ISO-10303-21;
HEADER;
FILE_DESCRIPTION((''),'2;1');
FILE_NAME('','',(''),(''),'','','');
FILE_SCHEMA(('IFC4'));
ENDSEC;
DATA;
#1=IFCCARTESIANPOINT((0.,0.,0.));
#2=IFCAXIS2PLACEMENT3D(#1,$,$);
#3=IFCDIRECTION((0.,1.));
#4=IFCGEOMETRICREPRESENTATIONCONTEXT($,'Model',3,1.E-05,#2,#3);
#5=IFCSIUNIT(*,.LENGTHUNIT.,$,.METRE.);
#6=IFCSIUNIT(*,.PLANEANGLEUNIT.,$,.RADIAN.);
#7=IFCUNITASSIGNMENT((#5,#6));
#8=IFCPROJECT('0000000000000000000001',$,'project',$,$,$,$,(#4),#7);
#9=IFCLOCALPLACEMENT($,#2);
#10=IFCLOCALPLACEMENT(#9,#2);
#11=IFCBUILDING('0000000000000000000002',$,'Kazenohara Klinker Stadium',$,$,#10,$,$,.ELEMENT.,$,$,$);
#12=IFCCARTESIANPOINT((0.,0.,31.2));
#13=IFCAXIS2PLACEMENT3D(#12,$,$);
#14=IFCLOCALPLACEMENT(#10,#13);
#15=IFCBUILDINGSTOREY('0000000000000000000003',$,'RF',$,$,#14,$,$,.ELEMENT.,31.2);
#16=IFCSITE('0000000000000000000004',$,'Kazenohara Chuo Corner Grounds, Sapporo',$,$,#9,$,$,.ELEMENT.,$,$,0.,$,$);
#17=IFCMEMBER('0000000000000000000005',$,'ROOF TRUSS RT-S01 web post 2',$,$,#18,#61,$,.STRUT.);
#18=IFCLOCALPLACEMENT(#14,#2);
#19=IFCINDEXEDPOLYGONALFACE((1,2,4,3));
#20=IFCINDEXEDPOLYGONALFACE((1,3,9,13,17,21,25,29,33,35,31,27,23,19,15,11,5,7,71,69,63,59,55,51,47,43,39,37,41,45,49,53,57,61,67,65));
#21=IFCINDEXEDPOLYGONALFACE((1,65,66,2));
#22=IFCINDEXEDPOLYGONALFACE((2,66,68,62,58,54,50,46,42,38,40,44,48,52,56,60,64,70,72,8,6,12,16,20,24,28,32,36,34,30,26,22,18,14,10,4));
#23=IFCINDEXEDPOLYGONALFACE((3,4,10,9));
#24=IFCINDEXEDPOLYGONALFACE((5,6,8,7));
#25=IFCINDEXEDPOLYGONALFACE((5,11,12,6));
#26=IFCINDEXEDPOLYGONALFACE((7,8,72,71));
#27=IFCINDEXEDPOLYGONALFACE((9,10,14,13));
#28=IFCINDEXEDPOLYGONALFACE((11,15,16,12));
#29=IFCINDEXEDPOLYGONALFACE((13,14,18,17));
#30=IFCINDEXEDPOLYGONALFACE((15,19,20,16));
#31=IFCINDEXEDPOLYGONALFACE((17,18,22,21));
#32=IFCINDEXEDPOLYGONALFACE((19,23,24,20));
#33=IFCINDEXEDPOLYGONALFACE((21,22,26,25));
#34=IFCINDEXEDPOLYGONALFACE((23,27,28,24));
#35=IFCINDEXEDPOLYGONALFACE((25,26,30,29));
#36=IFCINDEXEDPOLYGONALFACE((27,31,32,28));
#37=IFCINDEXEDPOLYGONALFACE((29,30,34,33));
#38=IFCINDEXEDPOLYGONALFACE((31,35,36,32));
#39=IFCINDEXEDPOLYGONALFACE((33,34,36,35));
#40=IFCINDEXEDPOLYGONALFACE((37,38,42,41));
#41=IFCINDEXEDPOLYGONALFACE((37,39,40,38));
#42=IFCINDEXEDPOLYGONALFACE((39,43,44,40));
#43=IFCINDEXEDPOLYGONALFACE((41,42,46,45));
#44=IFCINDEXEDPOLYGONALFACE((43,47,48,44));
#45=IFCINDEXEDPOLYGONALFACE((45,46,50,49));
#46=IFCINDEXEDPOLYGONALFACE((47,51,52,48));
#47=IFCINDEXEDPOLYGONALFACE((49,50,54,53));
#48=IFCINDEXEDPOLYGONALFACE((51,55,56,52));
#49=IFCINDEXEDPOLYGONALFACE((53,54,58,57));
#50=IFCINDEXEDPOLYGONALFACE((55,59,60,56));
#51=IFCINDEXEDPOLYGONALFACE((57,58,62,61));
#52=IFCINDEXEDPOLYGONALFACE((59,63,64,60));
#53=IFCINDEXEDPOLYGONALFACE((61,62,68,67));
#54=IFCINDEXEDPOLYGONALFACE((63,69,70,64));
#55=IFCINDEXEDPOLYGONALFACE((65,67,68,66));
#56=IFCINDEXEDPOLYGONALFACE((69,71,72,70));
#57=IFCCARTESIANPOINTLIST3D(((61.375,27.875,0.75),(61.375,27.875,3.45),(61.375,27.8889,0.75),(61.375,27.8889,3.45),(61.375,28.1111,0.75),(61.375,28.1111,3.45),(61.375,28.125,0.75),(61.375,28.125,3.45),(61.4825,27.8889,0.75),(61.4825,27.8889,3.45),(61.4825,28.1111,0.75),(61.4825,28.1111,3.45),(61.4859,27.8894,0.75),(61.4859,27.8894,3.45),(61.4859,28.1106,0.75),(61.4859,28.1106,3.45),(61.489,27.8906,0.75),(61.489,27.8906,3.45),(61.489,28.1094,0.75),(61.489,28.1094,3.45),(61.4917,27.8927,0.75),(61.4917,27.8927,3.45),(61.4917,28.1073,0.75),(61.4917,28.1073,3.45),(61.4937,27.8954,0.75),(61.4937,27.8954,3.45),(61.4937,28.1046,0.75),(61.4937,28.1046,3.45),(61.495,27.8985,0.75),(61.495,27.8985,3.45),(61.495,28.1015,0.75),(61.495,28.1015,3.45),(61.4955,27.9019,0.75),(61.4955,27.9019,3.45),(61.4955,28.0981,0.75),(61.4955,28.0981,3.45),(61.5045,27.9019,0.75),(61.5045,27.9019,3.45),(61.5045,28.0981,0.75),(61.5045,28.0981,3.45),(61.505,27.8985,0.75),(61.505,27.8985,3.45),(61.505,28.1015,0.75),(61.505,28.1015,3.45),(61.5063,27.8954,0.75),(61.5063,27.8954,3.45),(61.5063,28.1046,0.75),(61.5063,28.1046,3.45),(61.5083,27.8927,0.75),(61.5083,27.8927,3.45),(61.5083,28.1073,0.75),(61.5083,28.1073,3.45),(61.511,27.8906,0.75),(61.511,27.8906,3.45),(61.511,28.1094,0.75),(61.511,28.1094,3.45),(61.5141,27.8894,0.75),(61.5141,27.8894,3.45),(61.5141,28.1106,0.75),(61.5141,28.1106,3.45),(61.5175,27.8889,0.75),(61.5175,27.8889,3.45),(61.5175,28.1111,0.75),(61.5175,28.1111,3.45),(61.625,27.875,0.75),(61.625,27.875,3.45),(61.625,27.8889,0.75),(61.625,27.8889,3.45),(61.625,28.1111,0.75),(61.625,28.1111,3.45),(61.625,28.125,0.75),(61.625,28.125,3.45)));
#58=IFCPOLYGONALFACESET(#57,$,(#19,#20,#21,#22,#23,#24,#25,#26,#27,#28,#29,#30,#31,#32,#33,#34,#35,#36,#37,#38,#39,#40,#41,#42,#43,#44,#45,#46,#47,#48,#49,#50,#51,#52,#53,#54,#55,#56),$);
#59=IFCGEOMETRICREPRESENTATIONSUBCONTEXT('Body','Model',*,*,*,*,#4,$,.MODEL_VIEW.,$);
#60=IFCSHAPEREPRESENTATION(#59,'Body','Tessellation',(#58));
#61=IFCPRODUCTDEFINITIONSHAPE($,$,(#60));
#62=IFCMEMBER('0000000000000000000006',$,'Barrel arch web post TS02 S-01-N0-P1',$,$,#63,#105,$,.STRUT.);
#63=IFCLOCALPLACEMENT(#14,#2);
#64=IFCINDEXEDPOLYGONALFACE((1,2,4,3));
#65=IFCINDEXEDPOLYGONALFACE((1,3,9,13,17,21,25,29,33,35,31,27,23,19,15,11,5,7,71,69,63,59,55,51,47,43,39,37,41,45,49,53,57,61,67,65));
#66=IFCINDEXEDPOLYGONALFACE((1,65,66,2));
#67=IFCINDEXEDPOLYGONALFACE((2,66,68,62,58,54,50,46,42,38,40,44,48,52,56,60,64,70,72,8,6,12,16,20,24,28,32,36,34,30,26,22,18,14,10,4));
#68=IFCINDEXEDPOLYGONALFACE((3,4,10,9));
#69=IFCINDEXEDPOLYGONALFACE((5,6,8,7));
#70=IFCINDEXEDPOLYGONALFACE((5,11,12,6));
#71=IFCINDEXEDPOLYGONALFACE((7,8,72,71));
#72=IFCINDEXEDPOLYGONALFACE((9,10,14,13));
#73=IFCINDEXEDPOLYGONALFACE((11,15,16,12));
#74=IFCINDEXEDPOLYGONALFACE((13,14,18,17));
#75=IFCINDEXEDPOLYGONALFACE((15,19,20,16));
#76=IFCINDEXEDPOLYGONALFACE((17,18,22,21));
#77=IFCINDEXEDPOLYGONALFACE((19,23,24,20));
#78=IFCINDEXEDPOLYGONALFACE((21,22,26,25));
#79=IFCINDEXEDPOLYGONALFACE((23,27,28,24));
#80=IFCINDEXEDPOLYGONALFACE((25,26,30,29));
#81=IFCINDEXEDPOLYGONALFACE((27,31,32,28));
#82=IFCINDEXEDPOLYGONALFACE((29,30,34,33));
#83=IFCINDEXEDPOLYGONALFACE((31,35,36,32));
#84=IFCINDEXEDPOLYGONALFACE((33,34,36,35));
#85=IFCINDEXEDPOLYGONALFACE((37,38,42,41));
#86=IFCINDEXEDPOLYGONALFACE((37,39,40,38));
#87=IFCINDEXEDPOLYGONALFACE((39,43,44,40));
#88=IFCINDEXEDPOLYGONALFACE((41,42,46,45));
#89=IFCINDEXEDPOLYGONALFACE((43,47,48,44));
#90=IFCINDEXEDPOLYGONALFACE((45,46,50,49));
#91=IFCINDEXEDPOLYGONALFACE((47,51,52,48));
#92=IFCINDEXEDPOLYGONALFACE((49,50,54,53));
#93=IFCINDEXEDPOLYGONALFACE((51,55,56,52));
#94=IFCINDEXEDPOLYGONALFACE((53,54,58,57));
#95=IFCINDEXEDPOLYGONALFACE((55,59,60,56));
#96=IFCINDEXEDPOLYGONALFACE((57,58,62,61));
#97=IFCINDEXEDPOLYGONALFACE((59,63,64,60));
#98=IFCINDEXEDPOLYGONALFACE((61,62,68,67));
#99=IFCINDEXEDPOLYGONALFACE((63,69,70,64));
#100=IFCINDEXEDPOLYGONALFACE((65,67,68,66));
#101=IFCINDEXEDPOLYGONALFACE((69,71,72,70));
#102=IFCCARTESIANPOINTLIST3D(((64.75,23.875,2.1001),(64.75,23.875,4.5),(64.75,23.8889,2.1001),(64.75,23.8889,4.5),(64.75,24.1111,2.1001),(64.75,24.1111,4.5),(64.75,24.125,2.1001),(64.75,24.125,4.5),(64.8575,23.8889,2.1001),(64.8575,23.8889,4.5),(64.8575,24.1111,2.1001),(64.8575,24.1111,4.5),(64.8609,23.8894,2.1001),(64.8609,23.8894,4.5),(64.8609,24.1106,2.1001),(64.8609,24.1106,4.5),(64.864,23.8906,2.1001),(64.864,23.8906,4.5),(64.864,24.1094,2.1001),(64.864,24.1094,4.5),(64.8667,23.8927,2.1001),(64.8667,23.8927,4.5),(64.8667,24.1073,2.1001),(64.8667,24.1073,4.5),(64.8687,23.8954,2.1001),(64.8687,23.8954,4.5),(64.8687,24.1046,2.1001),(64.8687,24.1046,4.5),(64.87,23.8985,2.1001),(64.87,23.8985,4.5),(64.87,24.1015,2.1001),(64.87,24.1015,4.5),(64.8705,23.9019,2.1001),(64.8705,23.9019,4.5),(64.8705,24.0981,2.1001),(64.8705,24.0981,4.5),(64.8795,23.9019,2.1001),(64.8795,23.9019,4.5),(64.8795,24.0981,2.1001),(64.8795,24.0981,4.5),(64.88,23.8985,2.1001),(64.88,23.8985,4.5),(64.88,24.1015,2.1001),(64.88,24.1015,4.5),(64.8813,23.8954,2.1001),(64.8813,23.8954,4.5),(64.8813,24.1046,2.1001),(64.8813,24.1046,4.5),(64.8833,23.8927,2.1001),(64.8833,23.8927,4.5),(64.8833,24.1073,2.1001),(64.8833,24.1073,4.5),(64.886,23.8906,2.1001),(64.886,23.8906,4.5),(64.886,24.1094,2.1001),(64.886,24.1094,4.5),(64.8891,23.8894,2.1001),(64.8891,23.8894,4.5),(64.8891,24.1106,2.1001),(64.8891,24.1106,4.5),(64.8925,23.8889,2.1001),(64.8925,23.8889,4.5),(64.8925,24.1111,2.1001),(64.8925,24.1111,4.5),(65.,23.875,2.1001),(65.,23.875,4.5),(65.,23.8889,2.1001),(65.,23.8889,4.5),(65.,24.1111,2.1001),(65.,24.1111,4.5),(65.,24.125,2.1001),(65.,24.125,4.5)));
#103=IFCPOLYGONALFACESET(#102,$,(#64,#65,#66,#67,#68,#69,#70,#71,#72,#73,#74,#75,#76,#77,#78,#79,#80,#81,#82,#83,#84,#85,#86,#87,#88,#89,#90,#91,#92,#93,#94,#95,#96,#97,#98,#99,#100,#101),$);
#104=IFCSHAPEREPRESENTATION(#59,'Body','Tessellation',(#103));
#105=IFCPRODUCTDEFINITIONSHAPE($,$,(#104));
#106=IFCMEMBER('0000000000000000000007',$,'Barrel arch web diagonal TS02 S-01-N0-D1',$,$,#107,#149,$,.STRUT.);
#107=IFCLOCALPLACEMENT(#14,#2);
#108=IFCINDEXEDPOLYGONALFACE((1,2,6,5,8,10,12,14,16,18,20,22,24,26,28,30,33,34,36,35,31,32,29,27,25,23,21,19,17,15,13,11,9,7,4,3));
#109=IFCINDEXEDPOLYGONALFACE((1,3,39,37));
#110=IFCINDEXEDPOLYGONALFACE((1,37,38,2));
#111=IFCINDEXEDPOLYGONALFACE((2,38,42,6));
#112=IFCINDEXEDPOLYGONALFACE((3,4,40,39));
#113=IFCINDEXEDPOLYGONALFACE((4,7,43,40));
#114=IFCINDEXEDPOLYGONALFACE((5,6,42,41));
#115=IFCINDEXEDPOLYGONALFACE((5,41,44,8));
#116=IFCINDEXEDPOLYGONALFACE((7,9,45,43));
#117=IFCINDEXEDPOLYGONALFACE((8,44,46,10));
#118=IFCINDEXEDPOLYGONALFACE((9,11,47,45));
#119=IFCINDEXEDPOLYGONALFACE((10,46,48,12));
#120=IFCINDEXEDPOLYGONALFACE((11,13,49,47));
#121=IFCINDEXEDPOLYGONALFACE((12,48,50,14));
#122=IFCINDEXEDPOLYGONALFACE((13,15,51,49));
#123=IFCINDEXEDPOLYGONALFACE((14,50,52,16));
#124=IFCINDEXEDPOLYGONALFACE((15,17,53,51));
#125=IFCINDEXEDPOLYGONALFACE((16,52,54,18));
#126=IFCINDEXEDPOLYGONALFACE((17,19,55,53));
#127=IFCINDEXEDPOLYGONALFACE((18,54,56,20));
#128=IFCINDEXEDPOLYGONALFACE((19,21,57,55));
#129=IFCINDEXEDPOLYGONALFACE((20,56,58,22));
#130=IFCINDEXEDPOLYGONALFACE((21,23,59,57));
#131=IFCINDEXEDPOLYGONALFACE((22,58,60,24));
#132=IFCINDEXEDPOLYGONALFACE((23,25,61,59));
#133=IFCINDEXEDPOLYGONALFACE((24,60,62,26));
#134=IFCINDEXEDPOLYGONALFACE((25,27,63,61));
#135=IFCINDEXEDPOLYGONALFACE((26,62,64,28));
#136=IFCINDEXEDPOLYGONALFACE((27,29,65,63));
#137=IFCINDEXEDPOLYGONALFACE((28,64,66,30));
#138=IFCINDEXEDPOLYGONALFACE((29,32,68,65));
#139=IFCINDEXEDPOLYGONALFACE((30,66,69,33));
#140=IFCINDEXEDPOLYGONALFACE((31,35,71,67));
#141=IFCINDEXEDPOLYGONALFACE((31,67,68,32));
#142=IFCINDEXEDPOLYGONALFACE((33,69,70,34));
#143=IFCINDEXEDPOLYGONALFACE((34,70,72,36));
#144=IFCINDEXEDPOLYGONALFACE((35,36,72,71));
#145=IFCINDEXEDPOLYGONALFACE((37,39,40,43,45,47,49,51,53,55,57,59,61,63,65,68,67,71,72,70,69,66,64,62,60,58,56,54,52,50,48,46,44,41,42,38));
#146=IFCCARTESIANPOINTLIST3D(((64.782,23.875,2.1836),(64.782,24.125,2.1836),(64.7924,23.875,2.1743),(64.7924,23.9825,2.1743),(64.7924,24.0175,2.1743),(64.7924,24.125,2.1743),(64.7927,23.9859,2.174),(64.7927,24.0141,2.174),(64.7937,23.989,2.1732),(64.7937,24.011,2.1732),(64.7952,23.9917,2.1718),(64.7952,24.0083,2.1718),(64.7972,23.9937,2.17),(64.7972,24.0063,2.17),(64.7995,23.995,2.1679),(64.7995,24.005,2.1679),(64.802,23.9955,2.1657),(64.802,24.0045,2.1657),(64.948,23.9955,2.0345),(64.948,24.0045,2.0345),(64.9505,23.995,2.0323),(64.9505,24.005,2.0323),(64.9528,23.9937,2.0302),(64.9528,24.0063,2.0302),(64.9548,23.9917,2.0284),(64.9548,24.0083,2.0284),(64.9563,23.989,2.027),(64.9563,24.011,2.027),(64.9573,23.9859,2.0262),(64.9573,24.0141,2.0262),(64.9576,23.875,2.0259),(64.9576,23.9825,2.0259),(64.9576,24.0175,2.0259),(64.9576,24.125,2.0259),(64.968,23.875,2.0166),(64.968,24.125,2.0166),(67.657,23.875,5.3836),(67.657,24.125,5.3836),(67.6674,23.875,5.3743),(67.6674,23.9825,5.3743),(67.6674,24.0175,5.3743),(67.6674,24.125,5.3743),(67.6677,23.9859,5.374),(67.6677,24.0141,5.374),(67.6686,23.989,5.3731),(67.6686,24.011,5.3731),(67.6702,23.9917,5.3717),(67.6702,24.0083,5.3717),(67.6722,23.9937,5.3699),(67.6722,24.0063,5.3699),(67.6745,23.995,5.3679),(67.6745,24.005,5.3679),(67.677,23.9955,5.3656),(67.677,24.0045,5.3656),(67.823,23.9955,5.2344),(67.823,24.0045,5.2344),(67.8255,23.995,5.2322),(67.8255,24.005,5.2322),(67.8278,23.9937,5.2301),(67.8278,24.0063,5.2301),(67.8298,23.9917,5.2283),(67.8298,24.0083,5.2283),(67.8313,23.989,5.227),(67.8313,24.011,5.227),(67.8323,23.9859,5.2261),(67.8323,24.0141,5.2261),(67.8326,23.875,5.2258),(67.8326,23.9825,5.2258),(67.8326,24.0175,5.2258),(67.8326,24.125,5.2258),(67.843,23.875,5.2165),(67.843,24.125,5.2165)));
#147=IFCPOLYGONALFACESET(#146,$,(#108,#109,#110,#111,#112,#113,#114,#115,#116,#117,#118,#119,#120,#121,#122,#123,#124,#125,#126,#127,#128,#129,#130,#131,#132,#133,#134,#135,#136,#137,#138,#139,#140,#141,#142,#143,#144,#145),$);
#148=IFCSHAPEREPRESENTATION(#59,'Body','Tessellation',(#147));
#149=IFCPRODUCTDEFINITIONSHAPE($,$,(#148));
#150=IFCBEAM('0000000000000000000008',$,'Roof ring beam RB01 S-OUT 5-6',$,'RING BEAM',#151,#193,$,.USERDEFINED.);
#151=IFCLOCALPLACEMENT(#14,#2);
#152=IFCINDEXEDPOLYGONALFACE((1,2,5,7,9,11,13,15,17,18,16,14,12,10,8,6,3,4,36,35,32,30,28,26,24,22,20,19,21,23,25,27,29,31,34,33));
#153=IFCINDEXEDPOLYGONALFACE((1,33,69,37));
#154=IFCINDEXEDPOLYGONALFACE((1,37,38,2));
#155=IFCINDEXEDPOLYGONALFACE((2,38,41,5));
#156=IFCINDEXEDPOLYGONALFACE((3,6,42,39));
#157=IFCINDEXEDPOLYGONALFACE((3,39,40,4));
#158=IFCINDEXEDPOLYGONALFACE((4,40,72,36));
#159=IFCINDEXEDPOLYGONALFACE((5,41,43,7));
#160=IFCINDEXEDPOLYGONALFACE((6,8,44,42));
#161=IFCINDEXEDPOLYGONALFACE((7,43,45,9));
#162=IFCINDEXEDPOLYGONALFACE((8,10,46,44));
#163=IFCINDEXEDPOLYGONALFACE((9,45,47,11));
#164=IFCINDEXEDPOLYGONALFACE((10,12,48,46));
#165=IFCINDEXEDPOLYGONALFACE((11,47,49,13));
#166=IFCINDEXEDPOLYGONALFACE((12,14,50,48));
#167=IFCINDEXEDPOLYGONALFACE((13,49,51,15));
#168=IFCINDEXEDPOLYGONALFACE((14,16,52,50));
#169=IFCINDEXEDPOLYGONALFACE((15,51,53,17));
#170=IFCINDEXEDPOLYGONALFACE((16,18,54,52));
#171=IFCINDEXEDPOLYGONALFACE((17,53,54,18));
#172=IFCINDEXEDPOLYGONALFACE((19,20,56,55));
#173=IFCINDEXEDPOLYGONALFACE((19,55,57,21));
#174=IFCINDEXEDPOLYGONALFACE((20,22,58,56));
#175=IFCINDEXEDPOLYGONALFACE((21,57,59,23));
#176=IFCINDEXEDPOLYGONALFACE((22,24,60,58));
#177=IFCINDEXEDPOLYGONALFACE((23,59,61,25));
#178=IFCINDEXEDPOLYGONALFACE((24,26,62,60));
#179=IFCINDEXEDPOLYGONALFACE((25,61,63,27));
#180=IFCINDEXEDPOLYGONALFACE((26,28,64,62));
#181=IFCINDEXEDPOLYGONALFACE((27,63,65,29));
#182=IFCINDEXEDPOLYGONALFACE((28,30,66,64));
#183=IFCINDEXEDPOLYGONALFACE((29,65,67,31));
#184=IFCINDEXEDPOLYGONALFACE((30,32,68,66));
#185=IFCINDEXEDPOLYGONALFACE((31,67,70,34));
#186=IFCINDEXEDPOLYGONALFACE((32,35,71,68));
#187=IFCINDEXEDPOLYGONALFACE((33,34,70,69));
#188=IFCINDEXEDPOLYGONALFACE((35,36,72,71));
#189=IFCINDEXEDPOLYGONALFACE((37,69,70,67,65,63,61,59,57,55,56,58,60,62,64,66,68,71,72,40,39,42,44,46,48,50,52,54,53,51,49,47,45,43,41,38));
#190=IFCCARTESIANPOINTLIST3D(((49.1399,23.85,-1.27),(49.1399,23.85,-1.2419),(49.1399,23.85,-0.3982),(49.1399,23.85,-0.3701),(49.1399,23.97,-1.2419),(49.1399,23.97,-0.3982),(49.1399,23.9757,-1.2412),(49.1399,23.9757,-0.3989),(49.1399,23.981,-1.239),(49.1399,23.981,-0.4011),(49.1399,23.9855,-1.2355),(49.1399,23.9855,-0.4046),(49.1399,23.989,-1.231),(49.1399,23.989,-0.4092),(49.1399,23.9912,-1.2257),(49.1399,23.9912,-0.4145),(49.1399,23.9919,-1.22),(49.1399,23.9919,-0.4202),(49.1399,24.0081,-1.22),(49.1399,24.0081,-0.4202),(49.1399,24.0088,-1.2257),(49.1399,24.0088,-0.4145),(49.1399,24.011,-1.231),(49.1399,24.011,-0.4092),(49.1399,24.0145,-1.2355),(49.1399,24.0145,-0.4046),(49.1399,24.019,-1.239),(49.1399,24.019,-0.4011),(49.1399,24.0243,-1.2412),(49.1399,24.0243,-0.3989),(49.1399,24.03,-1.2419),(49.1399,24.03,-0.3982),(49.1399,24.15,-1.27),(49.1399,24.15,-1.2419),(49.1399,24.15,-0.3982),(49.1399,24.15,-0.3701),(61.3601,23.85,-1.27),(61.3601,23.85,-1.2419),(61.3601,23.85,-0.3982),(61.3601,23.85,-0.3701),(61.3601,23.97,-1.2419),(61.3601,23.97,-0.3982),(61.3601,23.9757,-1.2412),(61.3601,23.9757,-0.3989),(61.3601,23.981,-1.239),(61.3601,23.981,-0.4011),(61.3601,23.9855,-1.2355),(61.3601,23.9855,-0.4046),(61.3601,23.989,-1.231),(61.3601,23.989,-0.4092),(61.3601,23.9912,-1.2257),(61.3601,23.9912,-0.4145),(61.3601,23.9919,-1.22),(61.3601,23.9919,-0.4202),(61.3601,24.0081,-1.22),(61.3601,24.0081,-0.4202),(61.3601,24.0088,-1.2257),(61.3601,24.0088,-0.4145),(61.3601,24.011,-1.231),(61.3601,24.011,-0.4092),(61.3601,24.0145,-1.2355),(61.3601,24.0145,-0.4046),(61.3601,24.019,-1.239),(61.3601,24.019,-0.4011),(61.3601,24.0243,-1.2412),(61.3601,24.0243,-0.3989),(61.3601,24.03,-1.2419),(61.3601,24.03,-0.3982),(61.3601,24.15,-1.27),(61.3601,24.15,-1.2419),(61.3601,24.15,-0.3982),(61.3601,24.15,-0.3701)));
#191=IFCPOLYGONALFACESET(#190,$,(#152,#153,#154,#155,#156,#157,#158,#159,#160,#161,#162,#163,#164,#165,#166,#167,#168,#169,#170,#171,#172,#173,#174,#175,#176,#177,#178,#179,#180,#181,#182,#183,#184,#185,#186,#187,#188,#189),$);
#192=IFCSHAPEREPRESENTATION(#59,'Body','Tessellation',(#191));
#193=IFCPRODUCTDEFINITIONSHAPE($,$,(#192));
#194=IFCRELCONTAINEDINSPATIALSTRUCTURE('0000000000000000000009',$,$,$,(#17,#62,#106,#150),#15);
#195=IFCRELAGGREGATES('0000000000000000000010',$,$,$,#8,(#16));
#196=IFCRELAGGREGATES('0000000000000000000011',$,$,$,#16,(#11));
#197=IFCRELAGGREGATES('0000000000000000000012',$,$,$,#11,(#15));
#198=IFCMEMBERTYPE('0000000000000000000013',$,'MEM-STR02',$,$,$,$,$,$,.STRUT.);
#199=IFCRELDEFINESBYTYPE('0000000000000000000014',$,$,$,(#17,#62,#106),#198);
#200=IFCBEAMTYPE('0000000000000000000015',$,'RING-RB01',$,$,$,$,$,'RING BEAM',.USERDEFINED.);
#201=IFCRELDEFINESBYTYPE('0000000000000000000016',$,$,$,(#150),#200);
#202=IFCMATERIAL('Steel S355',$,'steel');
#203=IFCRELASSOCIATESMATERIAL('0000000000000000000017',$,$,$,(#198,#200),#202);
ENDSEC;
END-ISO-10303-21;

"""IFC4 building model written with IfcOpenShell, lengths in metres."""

from ifc_helpers import new_model, si_unit, direction, frame, origin, origin_2d, place, context, subcontext, project, spatial, i_section, extrude, material, material_profile, profile_set, type_object, element, save


model = new_model("IFC4")

# Units and contexts
model_context = context("Model", 3, precision=1e-05, world=origin(), true_north=direction((0.0, 1.0)))
body_context = subcontext(model_context, "Body", "Model", "MODEL_VIEW")
ifc_project = project(units=[si_unit("LENGTHUNIT", "METRE"), si_unit("PLANEANGLEUNIT", "RADIAN")], contexts=[model_context])

# Site, building, storey
site_placement = place(None, origin())
site = spatial("IfcSite", under=ifc_project, at=site_placement, Name="Kazenohara Chuo Corner Grounds, Sapporo", CompositionType="ELEMENT", RefElevation=0.0)
building_placement = place(site_placement, origin())
building = spatial("IfcBuilding", under=site, at=building_placement, Name="Kazenohara Klinker Stadium", CompositionType="ELEMENT")
storey_placement = place(building_placement, frame((0.0, 0.0, 31.2)))
storey = spatial("IfcBuildingStorey", under=building, at=storey_placement, Name="RF", CompositionType="ELEMENT", Elevation=31.2)

# Members
ifc_material_1 = material(Name="Steel S355", Category="steel")
ifc_material_profile_1 = material_profile(ifc_material_1, i_section(OverallWidth=0.25, OverallDepth=0.25, WebThickness=0.009, FlangeThickness=0.0139, FilletRadius=0.0129, at=origin_2d()), Name="H-250x250x9x14")
ifc_profile_set_1 = profile_set([ifc_material_profile_1], Name="Steel S355")
member_type_1 = type_object("IfcMemberType", Name="MEM-STR02", PredefinedType="STRUT", material=ifc_profile_set_1)
member_1_placement = place(storey_placement, frame((61.5, 28.0, 0.75), z_axis=(0.0, 0.0, 1.0), x_axis=(1.0, 0.0, 0.0)))
element("IfcMember", 1, at=member_1_placement, inside=storey, type_object=member_type_1, Name="ROOF TRUSS RT-S01 web post 2", PredefinedType="STRUT", context=body_context, shape_type="SweptSolid", body=[
    extrude(i_section(OverallWidth=0.25, OverallDepth=0.25, WebThickness=0.009, FlangeThickness=0.0139, FilletRadius=0.0129, at=origin_2d()), origin(), (0.0, 0.0, 1.0), 2.7),
])
member_2_placement = place(storey_placement, frame((64.875, 24.0, 2.1001), z_axis=(0.0, 0.0, 1.0), x_axis=(1.0, 0.0, 0.0)))
element("IfcMember", 2, at=member_2_placement, inside=storey, type_object=member_type_1, Name="Barrel arch web post TS02 S-01-N0-P1", PredefinedType="STRUT", context=body_context, shape_type="SweptSolid", body=[
    extrude(i_section(OverallWidth=0.25, OverallDepth=0.25, WebThickness=0.009, FlangeThickness=0.0139, FilletRadius=0.0129, at=origin_2d()), origin(), (0.0, 0.0, 1.0), 2.3999),
])
member_3_placement = place(storey_placement, frame((64.875, 24.0, 2.1001), z_axis=(0.668328, 0.0, 0.743867), x_axis=(0.0, 1.0, 0.0)))
element("IfcMember", 3, at=member_3_placement, inside=storey, type_object=member_type_1, Name="Barrel arch web diagonal TS02 S-01-N0-D1", PredefinedType="STRUT", context=body_context, shape_type="SweptSolid", body=[
    extrude(i_section(OverallWidth=0.25, OverallDepth=0.25, WebThickness=0.009, FlangeThickness=0.0139, FilletRadius=0.0129, at=origin_2d()), origin(), (0.0, 0.0, 1.0), 4.3018),
])

# Beam
ifc_material_profile_2 = material_profile(ifc_material_1, i_section(OverallWidth=0.3, OverallDepth=0.8999, WebThickness=0.0161, FlangeThickness=0.0281, FilletRadius=0.022, at=origin_2d()), Name="H-900x300x16x28")
ifc_profile_set_2 = profile_set([ifc_material_profile_2], Name="Steel S355")
beam_type = type_object("IfcBeamType", Name="RING-RB01", ElementType="RING BEAM", PredefinedType="USERDEFINED", material=ifc_profile_set_2)
for number, where, z_axis, x_axis, name in (
    (4, (49.1399, 24.0, -0.8201), (1.0, 0.0, 0.0), (0.0, 1.0, 0.0), "Roof ring beam RB01 S-OUT 5-6"),
):
    element("IfcBeam", number, at=place(storey_placement, frame(where, z_axis=z_axis, x_axis=x_axis)), inside=storey, type_object=beam_type, Name=name, ObjectType="RING BEAM", PredefinedType="USERDEFINED", context=body_context, shape_type="SweptSolid", body=[
        extrude(i_section(OverallWidth=0.3, OverallDepth=0.8999, WebThickness=0.0161, FlangeThickness=0.0281, FilletRadius=0.022, at=origin_2d()), origin(), (0.0, 0.0, 1.0), 12.2202),
    ])

save(model, "model.ifc")
